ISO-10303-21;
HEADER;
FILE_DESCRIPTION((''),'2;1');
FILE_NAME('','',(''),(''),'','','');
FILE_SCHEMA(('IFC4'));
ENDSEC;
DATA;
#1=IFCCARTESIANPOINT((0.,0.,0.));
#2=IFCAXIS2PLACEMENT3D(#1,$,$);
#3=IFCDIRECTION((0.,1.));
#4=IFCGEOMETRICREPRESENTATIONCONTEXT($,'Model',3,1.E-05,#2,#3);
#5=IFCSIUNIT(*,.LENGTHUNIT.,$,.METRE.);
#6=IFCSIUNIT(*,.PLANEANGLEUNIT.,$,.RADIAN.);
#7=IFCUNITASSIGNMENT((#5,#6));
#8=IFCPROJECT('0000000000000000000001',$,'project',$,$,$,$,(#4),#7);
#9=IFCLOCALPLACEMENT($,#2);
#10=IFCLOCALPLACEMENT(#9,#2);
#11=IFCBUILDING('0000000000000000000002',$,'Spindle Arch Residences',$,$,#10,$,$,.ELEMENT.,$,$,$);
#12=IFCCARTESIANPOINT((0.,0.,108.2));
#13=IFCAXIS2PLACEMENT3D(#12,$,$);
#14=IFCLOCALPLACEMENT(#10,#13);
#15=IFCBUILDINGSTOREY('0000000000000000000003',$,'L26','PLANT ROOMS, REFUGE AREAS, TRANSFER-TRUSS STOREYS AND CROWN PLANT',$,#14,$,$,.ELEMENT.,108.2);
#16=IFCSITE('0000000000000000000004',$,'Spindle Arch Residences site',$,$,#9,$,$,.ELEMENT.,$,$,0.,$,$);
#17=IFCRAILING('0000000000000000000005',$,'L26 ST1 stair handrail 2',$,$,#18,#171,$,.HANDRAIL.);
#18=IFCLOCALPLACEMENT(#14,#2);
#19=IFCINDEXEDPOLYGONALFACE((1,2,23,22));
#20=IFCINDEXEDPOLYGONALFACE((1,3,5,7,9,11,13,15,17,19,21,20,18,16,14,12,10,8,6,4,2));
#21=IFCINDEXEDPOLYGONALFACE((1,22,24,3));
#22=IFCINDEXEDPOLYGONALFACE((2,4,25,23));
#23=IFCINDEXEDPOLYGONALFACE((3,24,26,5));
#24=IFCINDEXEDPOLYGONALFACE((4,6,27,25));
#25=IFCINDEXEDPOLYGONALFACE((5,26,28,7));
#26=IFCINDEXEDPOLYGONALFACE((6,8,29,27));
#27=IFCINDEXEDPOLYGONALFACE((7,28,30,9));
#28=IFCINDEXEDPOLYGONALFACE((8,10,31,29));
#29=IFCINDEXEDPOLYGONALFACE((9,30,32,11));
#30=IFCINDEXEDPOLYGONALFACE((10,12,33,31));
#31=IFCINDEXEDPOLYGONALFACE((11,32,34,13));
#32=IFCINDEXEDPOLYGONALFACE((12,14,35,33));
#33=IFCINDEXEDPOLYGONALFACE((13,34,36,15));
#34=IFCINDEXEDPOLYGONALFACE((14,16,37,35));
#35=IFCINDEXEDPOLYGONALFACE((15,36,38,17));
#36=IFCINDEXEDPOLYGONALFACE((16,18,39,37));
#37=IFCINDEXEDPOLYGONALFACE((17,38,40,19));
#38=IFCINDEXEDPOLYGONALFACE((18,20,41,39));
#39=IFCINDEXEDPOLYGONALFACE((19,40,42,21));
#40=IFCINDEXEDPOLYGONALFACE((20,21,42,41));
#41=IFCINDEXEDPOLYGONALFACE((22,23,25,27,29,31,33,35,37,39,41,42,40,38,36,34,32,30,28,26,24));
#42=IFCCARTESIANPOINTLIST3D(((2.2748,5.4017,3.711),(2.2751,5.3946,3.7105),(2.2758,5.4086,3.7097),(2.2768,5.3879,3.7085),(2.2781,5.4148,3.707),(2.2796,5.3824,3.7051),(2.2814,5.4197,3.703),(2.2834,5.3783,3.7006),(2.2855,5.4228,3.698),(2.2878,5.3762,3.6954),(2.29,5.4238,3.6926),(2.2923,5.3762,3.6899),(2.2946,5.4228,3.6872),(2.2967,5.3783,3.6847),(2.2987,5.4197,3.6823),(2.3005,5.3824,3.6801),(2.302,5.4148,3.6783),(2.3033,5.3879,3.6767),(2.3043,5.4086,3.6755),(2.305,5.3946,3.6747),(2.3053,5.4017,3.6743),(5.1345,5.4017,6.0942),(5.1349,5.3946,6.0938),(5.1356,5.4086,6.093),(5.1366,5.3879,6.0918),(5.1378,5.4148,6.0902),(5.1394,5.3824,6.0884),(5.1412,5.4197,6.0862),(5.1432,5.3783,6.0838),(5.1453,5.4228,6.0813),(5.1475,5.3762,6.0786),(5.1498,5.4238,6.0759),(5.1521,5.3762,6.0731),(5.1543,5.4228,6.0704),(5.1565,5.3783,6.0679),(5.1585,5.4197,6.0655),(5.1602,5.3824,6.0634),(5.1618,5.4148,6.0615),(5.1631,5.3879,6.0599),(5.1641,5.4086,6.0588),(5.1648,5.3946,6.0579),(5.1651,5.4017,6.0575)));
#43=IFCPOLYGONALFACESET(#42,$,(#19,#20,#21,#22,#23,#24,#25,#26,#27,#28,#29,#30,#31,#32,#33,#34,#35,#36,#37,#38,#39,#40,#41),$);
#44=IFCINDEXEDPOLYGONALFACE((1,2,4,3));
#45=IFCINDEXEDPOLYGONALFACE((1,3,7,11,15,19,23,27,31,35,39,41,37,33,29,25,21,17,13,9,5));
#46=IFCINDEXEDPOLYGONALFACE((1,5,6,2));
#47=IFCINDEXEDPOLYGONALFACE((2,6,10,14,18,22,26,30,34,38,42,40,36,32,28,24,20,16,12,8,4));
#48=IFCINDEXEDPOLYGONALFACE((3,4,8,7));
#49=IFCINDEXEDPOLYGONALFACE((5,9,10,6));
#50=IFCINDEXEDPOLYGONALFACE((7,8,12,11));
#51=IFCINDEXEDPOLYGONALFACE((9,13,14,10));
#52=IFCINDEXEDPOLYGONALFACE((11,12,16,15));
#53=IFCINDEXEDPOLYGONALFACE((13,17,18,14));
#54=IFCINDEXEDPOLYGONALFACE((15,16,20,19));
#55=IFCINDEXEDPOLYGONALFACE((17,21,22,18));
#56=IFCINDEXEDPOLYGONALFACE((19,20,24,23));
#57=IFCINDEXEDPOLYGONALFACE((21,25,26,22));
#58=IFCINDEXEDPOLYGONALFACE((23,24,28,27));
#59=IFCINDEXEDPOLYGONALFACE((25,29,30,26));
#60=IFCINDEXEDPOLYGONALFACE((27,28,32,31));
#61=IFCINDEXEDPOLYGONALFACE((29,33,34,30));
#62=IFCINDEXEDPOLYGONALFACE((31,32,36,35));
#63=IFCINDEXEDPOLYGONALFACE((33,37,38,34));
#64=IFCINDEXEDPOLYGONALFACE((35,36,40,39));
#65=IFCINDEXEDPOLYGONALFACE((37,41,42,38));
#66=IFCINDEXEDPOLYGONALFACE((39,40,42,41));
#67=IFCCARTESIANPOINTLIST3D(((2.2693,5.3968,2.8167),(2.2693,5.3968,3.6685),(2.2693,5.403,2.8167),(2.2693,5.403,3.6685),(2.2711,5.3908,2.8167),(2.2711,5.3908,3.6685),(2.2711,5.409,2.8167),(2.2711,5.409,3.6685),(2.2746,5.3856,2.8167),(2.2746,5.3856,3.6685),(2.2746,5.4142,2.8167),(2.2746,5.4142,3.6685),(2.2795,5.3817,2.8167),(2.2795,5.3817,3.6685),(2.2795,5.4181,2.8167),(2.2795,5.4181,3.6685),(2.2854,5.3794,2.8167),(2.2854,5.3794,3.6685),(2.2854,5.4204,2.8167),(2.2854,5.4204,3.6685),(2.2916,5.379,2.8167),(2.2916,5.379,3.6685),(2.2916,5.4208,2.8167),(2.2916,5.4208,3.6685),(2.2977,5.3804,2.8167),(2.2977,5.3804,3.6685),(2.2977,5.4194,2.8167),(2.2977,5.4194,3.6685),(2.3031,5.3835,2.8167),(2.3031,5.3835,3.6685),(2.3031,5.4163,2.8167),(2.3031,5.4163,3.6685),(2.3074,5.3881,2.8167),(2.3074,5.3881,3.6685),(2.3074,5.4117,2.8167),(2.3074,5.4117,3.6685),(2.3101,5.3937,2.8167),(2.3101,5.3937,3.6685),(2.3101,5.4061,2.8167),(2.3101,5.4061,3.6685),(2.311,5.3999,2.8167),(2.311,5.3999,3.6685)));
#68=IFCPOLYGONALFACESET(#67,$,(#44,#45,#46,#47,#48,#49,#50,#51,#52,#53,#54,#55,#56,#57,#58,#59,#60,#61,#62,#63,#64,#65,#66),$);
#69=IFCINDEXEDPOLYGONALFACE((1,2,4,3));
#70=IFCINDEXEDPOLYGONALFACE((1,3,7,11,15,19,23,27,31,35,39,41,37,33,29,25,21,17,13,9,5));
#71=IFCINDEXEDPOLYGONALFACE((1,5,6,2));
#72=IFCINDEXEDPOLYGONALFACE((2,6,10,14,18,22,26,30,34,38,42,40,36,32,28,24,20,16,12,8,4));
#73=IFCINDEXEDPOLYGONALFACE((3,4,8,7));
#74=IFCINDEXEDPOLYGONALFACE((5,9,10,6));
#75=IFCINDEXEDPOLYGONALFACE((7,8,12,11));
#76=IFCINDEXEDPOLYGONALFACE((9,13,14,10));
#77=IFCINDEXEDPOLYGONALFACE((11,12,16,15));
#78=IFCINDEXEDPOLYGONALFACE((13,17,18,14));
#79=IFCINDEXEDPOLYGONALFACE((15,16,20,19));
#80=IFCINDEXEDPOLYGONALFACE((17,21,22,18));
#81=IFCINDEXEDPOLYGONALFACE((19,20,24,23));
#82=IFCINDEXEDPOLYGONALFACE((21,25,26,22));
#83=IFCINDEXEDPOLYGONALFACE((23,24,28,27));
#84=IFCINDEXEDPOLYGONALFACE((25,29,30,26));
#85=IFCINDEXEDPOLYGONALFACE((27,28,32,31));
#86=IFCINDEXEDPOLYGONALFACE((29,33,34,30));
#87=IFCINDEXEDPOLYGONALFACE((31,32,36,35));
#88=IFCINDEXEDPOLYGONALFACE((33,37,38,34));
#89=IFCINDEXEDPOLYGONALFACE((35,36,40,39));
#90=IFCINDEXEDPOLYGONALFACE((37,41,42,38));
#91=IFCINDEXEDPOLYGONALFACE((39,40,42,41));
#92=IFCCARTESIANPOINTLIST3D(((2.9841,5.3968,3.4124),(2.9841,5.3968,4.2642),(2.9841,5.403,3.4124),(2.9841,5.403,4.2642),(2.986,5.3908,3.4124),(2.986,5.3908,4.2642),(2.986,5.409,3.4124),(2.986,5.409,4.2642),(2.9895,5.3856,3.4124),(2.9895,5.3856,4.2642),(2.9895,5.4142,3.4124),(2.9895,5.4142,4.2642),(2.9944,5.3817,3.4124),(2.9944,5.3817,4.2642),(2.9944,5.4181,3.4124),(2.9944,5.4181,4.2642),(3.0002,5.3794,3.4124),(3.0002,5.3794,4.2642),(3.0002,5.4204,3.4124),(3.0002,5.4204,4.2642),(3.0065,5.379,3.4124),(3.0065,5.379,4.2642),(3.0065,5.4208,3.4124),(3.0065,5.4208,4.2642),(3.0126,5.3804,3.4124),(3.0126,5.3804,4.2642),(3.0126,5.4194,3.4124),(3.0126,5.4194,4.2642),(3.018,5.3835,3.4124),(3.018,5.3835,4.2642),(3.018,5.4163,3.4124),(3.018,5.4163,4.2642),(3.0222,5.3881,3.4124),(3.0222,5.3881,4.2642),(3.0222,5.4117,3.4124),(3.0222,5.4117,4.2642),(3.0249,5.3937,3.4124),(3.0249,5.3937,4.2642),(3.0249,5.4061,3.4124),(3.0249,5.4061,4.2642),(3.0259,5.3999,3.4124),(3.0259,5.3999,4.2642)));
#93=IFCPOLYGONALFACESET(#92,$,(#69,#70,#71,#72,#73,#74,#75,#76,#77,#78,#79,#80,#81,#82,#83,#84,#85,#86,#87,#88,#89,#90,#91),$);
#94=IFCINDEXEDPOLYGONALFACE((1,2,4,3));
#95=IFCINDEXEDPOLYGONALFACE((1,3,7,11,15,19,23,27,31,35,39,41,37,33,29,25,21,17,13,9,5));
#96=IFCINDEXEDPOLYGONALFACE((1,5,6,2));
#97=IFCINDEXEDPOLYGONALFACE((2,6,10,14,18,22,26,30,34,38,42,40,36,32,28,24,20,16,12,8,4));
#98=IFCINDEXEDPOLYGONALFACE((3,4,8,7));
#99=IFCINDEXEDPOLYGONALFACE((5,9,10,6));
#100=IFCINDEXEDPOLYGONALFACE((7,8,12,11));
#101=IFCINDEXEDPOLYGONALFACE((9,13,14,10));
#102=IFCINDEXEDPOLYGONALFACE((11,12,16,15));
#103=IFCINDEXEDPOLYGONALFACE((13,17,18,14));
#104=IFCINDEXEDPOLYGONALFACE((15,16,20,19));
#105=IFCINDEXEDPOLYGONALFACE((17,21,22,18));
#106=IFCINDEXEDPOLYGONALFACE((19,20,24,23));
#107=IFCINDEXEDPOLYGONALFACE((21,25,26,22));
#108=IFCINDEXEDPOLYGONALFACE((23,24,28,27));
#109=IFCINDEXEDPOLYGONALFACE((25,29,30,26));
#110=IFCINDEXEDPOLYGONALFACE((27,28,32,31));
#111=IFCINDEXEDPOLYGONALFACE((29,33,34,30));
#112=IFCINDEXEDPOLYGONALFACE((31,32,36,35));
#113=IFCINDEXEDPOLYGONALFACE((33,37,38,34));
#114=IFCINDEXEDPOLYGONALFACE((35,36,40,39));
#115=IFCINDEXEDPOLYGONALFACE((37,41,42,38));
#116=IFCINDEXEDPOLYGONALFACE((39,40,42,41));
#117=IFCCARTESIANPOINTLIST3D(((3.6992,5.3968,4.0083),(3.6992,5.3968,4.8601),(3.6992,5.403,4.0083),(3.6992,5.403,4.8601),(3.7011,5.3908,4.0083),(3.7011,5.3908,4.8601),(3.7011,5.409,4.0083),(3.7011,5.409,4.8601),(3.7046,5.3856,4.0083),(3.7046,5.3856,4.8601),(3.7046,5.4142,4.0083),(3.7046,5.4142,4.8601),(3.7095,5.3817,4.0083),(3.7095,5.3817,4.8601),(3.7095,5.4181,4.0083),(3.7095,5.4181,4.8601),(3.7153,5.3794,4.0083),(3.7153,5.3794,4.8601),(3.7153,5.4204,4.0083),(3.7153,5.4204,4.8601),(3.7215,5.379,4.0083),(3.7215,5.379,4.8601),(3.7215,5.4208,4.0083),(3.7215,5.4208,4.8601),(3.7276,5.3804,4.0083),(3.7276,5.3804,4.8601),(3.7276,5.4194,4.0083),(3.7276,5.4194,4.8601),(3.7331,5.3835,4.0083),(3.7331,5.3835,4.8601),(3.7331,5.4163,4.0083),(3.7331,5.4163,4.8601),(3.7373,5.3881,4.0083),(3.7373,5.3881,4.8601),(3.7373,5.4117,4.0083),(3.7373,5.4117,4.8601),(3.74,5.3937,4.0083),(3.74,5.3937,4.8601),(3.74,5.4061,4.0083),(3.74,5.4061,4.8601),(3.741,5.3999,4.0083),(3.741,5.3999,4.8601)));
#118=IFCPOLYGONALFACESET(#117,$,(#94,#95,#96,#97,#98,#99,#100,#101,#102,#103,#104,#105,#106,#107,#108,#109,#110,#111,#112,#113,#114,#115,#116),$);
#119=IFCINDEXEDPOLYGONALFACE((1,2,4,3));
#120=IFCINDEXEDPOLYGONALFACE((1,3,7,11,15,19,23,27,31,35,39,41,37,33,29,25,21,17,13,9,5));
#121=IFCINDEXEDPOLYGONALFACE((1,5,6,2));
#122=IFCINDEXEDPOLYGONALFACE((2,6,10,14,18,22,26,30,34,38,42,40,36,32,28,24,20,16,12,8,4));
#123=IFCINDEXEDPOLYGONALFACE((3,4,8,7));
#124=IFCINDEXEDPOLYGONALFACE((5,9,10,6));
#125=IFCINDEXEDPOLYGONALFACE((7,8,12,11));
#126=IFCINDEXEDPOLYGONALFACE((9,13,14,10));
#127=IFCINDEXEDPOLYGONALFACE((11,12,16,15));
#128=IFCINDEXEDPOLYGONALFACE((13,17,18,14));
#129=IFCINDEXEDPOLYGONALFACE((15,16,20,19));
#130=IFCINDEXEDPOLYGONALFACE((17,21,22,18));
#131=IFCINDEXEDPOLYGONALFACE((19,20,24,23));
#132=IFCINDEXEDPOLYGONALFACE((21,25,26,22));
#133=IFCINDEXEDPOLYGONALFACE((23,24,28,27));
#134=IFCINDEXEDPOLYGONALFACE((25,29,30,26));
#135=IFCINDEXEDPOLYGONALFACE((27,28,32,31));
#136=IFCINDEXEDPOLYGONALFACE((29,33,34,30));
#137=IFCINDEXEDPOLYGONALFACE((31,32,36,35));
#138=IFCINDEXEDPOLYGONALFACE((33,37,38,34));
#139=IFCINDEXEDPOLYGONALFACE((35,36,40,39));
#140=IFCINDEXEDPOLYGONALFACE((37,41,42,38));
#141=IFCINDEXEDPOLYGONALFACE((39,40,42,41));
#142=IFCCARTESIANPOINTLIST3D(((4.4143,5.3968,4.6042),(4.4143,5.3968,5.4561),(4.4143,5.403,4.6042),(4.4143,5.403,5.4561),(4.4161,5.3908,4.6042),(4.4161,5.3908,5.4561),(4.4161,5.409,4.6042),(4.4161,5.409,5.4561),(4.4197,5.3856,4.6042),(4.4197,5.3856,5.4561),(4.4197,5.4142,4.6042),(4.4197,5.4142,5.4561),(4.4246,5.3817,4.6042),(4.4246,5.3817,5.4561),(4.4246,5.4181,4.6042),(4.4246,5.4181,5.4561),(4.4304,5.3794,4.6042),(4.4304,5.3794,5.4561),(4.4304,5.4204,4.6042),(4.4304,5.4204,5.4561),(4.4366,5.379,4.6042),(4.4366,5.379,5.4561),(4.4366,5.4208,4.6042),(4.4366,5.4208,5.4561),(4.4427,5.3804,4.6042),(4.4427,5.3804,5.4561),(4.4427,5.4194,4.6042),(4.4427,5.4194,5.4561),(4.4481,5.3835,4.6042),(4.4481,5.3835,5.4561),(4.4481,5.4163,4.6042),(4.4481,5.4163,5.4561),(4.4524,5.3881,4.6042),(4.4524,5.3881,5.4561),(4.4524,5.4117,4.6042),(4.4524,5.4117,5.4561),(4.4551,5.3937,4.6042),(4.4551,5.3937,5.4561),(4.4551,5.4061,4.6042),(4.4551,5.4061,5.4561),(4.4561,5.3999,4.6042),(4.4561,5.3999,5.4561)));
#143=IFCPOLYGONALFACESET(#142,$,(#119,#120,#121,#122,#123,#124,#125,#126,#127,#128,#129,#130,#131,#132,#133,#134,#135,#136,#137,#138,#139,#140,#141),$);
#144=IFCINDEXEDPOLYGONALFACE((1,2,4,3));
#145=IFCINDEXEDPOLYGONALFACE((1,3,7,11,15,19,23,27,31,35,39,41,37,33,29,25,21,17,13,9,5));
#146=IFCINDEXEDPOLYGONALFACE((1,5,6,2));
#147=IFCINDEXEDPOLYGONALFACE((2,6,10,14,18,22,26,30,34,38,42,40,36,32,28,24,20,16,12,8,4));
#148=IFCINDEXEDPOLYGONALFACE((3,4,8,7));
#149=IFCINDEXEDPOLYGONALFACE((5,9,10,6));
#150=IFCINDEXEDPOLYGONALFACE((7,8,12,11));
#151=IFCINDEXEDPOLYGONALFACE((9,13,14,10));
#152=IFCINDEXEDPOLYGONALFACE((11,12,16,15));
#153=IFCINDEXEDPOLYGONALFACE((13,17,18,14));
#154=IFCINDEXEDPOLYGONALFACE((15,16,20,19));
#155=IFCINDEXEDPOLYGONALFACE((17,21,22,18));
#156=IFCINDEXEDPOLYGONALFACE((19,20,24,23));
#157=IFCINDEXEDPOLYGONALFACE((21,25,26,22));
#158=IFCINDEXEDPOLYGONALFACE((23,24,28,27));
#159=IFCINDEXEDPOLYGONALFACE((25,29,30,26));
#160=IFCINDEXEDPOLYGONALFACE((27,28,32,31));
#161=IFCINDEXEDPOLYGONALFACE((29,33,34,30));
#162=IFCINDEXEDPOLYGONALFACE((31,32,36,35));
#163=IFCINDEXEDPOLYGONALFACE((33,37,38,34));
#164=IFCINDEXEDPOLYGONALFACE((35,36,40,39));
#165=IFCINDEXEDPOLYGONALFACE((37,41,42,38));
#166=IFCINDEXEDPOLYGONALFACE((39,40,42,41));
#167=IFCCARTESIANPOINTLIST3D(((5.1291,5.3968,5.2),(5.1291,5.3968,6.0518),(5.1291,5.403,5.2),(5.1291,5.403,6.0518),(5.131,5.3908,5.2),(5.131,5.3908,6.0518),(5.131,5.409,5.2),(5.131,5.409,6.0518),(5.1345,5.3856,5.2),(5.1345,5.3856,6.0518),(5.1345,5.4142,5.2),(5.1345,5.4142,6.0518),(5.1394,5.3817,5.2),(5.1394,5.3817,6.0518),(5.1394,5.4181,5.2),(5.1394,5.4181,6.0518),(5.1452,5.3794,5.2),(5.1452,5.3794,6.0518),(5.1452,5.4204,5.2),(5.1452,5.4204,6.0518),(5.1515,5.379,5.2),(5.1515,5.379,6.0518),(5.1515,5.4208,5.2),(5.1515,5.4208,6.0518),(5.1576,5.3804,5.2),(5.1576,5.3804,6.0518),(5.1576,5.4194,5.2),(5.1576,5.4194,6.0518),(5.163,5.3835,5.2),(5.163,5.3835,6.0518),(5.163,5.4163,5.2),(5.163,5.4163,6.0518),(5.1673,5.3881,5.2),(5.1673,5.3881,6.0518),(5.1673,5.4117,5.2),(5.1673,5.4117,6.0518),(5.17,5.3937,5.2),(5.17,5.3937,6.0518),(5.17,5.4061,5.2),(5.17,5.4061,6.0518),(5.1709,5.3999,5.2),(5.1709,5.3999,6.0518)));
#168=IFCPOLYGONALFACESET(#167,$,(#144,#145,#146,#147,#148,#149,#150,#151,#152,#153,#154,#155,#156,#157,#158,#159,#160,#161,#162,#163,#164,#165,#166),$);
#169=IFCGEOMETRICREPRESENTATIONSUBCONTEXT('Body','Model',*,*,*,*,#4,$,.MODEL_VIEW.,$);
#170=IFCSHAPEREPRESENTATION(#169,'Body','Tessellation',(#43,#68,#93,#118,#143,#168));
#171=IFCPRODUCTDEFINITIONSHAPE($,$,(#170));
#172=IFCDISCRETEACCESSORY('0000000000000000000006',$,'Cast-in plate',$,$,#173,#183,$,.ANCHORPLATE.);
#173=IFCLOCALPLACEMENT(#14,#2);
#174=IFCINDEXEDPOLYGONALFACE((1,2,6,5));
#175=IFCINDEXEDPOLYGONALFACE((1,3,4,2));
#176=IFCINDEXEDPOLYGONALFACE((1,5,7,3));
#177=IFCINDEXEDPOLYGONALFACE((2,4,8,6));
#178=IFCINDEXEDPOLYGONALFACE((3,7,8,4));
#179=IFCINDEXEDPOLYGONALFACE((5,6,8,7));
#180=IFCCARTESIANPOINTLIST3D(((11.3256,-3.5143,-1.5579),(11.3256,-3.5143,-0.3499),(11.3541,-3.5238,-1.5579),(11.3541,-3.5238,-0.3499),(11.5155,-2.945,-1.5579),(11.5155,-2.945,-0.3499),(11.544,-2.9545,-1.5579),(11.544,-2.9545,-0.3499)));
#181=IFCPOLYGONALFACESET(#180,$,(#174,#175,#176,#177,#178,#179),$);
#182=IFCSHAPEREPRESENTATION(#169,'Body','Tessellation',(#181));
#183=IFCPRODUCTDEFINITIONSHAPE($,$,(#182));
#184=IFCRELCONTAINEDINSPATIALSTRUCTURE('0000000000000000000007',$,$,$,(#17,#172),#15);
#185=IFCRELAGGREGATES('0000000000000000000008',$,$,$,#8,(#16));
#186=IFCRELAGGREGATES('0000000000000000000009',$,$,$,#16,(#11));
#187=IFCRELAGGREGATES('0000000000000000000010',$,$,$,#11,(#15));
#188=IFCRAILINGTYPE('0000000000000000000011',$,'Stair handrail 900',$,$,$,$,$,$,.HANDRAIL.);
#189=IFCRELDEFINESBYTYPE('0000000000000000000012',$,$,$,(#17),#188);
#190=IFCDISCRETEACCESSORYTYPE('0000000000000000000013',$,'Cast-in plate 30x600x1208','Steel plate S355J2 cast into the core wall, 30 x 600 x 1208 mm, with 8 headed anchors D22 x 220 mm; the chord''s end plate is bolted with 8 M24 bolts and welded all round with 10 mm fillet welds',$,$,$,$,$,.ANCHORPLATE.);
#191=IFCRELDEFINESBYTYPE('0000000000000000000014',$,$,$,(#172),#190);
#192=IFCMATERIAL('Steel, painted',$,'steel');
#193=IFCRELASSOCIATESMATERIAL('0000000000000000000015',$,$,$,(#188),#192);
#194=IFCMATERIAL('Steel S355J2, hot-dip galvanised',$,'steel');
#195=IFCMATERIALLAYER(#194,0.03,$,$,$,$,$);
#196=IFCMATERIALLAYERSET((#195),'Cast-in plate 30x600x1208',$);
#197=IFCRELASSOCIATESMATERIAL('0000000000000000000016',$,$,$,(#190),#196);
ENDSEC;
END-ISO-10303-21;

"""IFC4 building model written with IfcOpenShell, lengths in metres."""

from ifc_helpers import new_model, si_unit, direction, frame, origin, origin_2d, place, context, subcontext, project, spatial, rectangle, circle, extrude, material, layer, layer_set, type_object, element, save


model = new_model("IFC4")

# Units and contexts
model_context = context("Model", 3, precision=1e-05, world=origin(), true_north=direction((0.0, 1.0)))
body_context = subcontext(model_context, "Body", "Model", "MODEL_VIEW")
ifc_project = project(units=[si_unit("LENGTHUNIT", "METRE"), si_unit("PLANEANGLEUNIT", "RADIAN")], contexts=[model_context])

# Site, building, storey
site_placement = place(None, origin())
site = spatial("IfcSite", under=ifc_project, at=site_placement, Name="Spindle Arch Residences site", CompositionType="ELEMENT", RefElevation=0.0)
building_placement = place(site_placement, origin())
building = spatial("IfcBuilding", under=site, at=building_placement, Name="Spindle Arch Residences", CompositionType="ELEMENT")
storey_placement = place(building_placement, frame((0.0, 0.0, 108.2)))
storey = spatial("IfcBuildingStorey", under=building, at=storey_placement, Name="L26", Description="PLANT ROOMS, REFUGE AREAS, TRANSFER-TRUSS STOREYS AND CROWN PLANT", CompositionType="ELEMENT", Elevation=108.2)

# Railing
ifc_material_1 = material(Name="Steel, painted", Category="steel")
railing_type_1 = type_object("IfcRailingType", Name="Stair handrail 900", PredefinedType="HANDRAIL", material=ifc_material_1)
railing_1_placement = place(storey_placement, frame((2.29, 5.3999, 2.8167)))
element("IfcRailing", 1, at=railing_1_placement, inside=storey, type_object=railing_type_1, Name="L26 ST1 stair handrail 2", PredefinedType="HANDRAIL", context=body_context, shape_type="SweptSolid", body=[
    extrude(circle(Radius=0.0239, at=origin_2d()), frame((0.0, 0.0, 0.876), z_axis=(0.768211, 0.0, 0.640197), x_axis=(0.0, 1.0, 0.0)), (0.0, 0.0, 1.0), 3.7227),
    extrude(circle(Radius=0.021, at=origin_2d()), origin(), (0.0, 0.0, 1.0), 0.8518),
    extrude(circle(Radius=0.021, at=origin_2d()), frame((0.7148, 0.0, 0.5957)), (0.0, 0.0, 1.0), 0.8518),
    extrude(circle(Radius=0.021, at=origin_2d()), frame((1.4299, 0.0, 1.1917)), (0.0, 0.0, 1.0), 0.8518),
    extrude(circle(Radius=0.021, at=origin_2d()), frame((2.145, 0.0, 1.7876)), (0.0, 0.0, 1.0), 0.8518),
    extrude(circle(Radius=0.021, at=origin_2d()), frame((2.8599, 0.0, 2.3833)), (0.0, 0.0, 1.0), 0.8518),
])

# Discrete accessory
ifc_material_2 = material(Name="Steel S355J2, hot-dip galvanised", Category="steel")
ifc_layer_1 = layer(ifc_material_2, 0.03)
ifc_layer_set_1 = layer_set([ifc_layer_1], Name="Cast-in plate 30x600x1208")
discrete_accessory_type = type_object("IfcDiscreteAccessoryType", Name="Cast-in plate 30x600x1208", Description="Steel plate S355J2 cast into the core wall, 30 x 600 x 1208 mm, with 8 headed anchors D22 x 220 mm; the chord's end plate is bolted with 8 M24 bolts and welded all round with 10 mm fillet welds", PredefinedType="ANCHORPLATE", material=ifc_layer_set_1)
discrete_accessory_placement = place(storey_placement, frame((11.4348, -3.2344, -1.5579), z_axis=(0.0, 0.0, 1.0), x_axis=(0.948612, -0.316441, 0.0)))
element("IfcDiscreteAccessory", 2, at=discrete_accessory_placement, inside=storey, type_object=discrete_accessory_type, Name="Cast-in plate", PredefinedType="ANCHORPLATE", context=body_context, shape_type="SweptSolid", body=[
    extrude(rectangle(XDim=0.03, YDim=0.6001, at=origin_2d()), origin(), (0.0, 0.0, 1.0), 1.208),
])

save(model, "model.ifc")
